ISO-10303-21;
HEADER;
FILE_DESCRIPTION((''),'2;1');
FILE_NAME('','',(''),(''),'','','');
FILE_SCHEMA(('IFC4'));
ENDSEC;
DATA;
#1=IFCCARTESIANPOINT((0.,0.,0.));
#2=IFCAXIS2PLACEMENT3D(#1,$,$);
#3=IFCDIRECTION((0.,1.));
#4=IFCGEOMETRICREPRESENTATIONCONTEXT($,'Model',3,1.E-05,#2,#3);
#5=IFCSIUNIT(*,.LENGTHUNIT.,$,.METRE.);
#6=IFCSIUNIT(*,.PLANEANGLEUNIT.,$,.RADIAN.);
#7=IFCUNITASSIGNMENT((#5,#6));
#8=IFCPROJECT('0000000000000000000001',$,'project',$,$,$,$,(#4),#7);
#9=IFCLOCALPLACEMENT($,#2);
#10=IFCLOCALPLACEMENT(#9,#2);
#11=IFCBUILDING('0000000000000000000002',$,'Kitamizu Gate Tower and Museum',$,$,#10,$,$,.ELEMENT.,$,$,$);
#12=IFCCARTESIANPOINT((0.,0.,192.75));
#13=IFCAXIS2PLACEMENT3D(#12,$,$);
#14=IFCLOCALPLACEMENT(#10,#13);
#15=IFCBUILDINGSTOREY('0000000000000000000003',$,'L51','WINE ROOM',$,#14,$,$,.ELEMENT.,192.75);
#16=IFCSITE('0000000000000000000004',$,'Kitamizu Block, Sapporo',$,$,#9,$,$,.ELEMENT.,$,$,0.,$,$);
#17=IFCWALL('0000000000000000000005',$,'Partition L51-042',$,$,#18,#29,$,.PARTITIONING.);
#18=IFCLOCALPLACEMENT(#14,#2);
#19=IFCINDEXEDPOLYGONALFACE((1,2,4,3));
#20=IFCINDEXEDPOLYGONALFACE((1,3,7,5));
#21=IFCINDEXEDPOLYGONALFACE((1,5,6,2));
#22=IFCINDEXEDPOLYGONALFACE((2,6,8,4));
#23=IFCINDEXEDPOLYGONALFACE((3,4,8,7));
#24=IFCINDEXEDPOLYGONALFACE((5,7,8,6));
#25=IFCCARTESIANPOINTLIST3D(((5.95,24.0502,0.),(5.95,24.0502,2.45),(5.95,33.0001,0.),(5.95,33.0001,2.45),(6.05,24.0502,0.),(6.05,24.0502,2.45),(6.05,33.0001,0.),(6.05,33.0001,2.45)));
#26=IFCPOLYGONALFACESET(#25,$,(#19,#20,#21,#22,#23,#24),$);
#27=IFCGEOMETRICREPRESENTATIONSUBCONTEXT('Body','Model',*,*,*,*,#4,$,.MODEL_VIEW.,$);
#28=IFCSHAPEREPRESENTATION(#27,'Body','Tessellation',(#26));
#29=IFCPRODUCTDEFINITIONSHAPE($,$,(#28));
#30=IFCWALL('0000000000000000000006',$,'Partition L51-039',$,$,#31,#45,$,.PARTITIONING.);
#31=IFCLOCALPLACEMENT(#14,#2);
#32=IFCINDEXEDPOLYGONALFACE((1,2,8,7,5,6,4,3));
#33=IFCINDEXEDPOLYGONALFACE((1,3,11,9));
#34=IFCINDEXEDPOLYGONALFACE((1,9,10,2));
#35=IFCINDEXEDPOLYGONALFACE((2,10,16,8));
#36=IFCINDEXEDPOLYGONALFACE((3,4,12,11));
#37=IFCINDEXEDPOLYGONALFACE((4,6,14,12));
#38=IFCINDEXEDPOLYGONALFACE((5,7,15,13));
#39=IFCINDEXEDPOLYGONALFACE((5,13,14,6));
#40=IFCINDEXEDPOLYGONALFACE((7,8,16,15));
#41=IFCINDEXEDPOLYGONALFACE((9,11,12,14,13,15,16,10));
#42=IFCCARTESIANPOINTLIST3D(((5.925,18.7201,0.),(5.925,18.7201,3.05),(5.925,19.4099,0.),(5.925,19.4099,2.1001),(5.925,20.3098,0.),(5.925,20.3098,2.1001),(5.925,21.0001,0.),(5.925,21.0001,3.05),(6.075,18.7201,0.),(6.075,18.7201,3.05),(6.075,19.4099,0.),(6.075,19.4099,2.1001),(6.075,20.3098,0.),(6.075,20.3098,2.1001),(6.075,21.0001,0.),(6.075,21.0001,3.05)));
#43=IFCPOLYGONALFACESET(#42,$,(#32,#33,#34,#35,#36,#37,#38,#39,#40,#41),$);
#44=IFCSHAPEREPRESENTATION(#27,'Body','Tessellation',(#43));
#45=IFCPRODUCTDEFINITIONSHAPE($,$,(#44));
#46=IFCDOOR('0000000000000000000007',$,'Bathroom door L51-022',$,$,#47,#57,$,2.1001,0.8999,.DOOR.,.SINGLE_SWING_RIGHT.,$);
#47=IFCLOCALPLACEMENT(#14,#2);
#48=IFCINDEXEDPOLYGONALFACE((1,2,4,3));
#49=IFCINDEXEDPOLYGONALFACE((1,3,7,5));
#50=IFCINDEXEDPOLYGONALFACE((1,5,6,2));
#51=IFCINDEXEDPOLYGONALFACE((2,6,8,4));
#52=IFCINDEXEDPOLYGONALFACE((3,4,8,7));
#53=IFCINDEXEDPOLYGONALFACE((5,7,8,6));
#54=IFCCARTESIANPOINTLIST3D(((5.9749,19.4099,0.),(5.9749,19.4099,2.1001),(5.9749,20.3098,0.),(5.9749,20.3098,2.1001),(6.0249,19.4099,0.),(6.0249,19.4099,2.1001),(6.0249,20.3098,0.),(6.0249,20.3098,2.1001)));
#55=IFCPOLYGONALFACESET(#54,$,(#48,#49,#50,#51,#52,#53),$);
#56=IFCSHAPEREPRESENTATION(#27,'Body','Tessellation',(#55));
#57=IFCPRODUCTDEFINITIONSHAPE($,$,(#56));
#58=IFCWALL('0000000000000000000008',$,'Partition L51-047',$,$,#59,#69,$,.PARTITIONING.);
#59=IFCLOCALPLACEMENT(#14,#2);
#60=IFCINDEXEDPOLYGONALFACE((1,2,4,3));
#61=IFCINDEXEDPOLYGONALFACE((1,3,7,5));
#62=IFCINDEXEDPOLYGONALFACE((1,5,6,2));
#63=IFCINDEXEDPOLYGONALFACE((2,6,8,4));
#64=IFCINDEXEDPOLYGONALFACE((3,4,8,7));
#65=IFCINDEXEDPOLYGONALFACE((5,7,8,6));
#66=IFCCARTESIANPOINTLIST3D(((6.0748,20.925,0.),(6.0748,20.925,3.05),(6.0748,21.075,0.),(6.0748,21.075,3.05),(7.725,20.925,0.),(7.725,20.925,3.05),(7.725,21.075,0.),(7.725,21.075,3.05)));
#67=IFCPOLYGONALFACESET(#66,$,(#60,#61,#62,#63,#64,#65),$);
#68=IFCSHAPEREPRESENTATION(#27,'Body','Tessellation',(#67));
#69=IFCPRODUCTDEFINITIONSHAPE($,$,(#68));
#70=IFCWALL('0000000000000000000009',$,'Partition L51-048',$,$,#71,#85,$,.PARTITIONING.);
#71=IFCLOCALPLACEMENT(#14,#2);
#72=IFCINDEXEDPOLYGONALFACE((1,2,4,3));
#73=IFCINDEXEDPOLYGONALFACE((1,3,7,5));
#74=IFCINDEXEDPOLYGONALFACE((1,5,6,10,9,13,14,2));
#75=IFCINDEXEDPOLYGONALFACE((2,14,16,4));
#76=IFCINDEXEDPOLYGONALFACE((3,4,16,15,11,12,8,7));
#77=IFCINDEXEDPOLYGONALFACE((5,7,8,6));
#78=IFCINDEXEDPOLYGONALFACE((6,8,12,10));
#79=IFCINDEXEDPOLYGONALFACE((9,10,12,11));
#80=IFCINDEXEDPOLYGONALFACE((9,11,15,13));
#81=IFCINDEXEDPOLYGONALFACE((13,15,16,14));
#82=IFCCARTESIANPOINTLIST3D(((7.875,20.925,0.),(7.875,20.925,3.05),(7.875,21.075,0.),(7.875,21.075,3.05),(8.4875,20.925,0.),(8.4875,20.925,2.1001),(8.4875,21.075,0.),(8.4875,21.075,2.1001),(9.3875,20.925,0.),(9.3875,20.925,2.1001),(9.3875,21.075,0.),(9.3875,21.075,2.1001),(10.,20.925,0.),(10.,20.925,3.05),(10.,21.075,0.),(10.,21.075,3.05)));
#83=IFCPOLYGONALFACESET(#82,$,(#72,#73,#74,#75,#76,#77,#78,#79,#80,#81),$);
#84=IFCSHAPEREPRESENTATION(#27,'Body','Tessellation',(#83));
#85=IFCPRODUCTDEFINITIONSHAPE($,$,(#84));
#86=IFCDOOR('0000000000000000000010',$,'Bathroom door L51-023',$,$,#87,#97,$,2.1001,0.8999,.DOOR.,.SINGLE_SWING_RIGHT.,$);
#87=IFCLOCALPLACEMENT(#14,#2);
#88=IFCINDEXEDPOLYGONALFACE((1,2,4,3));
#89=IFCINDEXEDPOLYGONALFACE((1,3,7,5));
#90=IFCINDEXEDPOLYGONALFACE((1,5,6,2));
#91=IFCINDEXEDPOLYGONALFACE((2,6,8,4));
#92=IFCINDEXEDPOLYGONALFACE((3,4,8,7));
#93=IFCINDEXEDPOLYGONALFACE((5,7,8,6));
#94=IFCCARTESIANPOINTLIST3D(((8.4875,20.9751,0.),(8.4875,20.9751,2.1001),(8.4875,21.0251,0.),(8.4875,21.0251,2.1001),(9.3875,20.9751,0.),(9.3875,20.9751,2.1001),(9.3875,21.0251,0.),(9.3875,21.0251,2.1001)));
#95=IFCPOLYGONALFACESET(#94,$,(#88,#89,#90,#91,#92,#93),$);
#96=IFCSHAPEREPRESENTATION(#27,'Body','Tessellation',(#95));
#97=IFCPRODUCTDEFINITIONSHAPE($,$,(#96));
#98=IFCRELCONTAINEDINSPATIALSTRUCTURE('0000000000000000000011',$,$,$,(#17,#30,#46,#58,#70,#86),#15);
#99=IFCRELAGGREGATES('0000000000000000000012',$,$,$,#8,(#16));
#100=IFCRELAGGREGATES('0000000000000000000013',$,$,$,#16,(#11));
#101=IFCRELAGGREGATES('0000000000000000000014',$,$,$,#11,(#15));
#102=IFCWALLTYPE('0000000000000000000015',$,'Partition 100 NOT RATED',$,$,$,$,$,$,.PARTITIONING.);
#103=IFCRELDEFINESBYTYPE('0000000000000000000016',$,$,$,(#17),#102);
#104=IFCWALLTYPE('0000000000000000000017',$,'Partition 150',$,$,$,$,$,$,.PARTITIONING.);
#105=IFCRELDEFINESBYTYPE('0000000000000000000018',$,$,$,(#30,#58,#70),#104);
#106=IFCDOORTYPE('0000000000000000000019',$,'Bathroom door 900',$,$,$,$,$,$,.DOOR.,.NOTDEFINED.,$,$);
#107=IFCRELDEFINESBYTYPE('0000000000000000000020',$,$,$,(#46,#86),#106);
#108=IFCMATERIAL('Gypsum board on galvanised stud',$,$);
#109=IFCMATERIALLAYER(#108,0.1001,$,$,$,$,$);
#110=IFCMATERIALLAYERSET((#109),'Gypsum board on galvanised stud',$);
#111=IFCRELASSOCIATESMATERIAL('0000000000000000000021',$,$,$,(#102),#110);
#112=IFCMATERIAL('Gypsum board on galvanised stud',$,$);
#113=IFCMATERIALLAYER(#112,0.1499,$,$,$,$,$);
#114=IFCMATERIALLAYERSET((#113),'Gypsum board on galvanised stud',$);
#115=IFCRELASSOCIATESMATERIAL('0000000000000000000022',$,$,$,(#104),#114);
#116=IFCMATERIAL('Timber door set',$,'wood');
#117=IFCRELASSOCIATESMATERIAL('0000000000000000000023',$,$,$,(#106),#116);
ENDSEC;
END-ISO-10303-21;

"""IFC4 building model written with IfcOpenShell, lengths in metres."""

from ifc_helpers import new_model, si_unit, direction, frame, frame_2d, origin, place, context, subcontext, project, spatial, rectangle, extrude, material, layer, layer_set, type_object, element, fill, save


model = new_model("IFC4")

# Units and contexts
model_context = context("Model", 3, precision=1e-05, world=origin(), true_north=direction((0.0, 1.0)))
body_context = subcontext(model_context, "Body", "Model", "MODEL_VIEW")
ifc_project = project(units=[si_unit("LENGTHUNIT", "METRE"), si_unit("PLANEANGLEUNIT", "RADIAN")], contexts=[model_context])

# Site, building, storey
site_placement = place(None, origin())
site = spatial("IfcSite", under=ifc_project, at=site_placement, Name="Kitamizu Block, Sapporo", CompositionType="ELEMENT", RefElevation=0.0)
building_placement = place(site_placement, origin())
building = spatial("IfcBuilding", under=site, at=building_placement, Name="Kitamizu Gate Tower and Museum", CompositionType="ELEMENT")
storey_placement = place(building_placement, frame((0.0, 0.0, 192.75)))
storey = spatial("IfcBuildingStorey", under=building, at=storey_placement, Name="L51", Description="WINE ROOM", CompositionType="ELEMENT", Elevation=192.75)

# Shared definitions
ifc_material_1 = material(Name="Gypsum board on galvanised stud")
ifc_layer_1 = layer(ifc_material_1, 0.1001)
ifc_layer_set_1 = layer_set([ifc_layer_1], Name="Gypsum board on galvanised stud")
wall_type_1 = type_object("IfcWallType", Name="Partition 100 NOT RATED", PredefinedType="PARTITIONING", material=ifc_layer_set_1)

# Wall
wall_1_placement = place(storey_placement, frame((6.0, 24.05, 0.0), z_axis=(0.0, 0.0, 1.0), x_axis=(0.0, 1.0, 0.0)))
element("IfcWall", 1, at=wall_1_placement, inside=storey, type_object=wall_type_1, Name="Partition L51-042", PredefinedType="PARTITIONING", context=body_context, shape_type="SweptSolid", body=[
    extrude(rectangle(XDim=8.95, YDim=0.1001, at=frame_2d((4.4751, 0.0))), origin(), (0.0, 0.0, 1.0), 2.45),
])

# Wall, opening, door
ifc_material_2 = material(Name="Gypsum board on galvanised stud")
ifc_layer_2 = layer(ifc_material_2, 0.1499)
ifc_layer_set_2 = layer_set([ifc_layer_2], Name="Gypsum board on galvanised stud")
wall_type_2 = type_object("IfcWallType", Name="Partition 150", PredefinedType="PARTITIONING", material=ifc_layer_set_2)
wall_2_placement = place(storey_placement, frame((6.0, 18.72, 0.0), z_axis=(0.0, 0.0, 1.0), x_axis=(0.0, 1.0, 0.0)))
wall_2 = element("IfcWall", 2, at=wall_2_placement, inside=storey, type_object=wall_type_2, Name="Partition L51-039", PredefinedType="PARTITIONING", context=body_context, shape_type="SweptSolid", body=[
    extrude(rectangle(XDim=2.28, YDim=0.1499, at=frame_2d((1.1401, 0.0))), origin(), (0.0, 0.0, 1.0), 3.05),
])
opening_1_placement = place(wall_2_placement, frame((0.6899, 0.0, 0.0)))
opening_1 = element("IfcOpeningElement", 3, at=opening_1_placement, cuts=wall_2, PredefinedType="OPENING", context=body_context, shape_type="SweptSolid", body=[
    extrude(rectangle(XDim=0.8999, YDim=2.1001, at=frame_2d((0.45, 1.05))), frame((0.0, 0.085, 0.0), z_axis=(0.0, -1.0, 0.0), x_axis=(1.0, 0.0, 0.0)), (0.0, 0.0, 1.0), 0.1699),
])
ifc_material_3 = material(Name="Timber door set", Category="wood")
door_type_1 = type_object("IfcDoorType", Name="Bathroom door 900", OperationType="NOTDEFINED", PredefinedType="DOOR", material=ifc_material_3)
door_1_placement = place(opening_1_placement, frame((0.8999, 0.0, 0.0), x_axis=(-1.0, 0.0, 0.0)))
door_1 = element("IfcDoor", 4, at=door_1_placement, inside=storey, type_object=door_type_1, Name="Bathroom door L51-022", OperationType="SINGLE_SWING_RIGHT", OverallHeight=2.1001, OverallWidth=0.8999, PredefinedType="DOOR", context=body_context, shape_type="SweptSolid", body=[
    extrude(rectangle(XDim=0.8999, YDim=2.1001, at=frame_2d((0.45, 1.05))), frame((0.0, 0.0249, 0.0), z_axis=(0.0, -1.0, 0.0), x_axis=(1.0, 0.0, 0.0)), (0.0, 0.0, 1.0), 0.05),
])
fill(opening_1, door_1)

# Wall
wall_3_placement = place(storey_placement, frame((7.7251, 21.0, 0.0), z_axis=(0.0, 0.0, 1.0), x_axis=(-1.0, 0.0, 0.0)))
element("IfcWall", 5, at=wall_3_placement, inside=storey, type_object=wall_type_2, Name="Partition L51-047", PredefinedType="PARTITIONING", context=body_context, shape_type="SweptSolid", body=[
    extrude(rectangle(XDim=1.6501, YDim=0.1499, at=frame_2d((0.8252, 0.0))), origin(), (0.0, 0.0, 1.0), 3.05),
])

# Wall, opening, door
wall_4_placement = place(storey_placement, frame((10.0, 21.0, 0.0), z_axis=(0.0, 0.0, 1.0), x_axis=(-1.0, 0.0, 0.0)))
wall_4 = element("IfcWall", 6, at=wall_4_placement, inside=storey, type_object=wall_type_2, Name="Partition L51-048", PredefinedType="PARTITIONING", context=body_context, shape_type="SweptSolid", body=[
    extrude(rectangle(XDim=2.125, YDim=0.1499, at=frame_2d((1.0625, 0.0))), origin(), (0.0, 0.0, 1.0), 3.05),
])
opening_2_placement = place(wall_4_placement, frame((0.6125, 0.0, 0.0)))
opening_2 = element("IfcOpeningElement", 7, at=opening_2_placement, cuts=wall_4, PredefinedType="OPENING", context=body_context, shape_type="SweptSolid", body=[
    extrude(rectangle(XDim=0.8999, YDim=2.1001, at=frame_2d((0.45, 1.05))), frame((0.0, 0.085, 0.0), z_axis=(0.0, -1.0, 0.0), x_axis=(1.0, 0.0, 0.0)), (0.0, 0.0, 1.0), 0.1699),
])
door_2_placement = place(opening_2_placement, origin())
door_2 = element("IfcDoor", 8, at=door_2_placement, inside=storey, type_object=door_type_1, Name="Bathroom door L51-023", OperationType="SINGLE_SWING_RIGHT", OverallHeight=2.1001, OverallWidth=0.8999, PredefinedType="DOOR", context=body_context, shape_type="SweptSolid", body=[
    extrude(rectangle(XDim=0.8999, YDim=2.1001, at=frame_2d((0.45, 1.05))), frame((0.0, 0.0249, 0.0), z_axis=(0.0, -1.0, 0.0), x_axis=(1.0, 0.0, 0.0)), (0.0, 0.0, 1.0), 0.05),
])
fill(opening_2, door_2)

save(model, "model.ifc")
